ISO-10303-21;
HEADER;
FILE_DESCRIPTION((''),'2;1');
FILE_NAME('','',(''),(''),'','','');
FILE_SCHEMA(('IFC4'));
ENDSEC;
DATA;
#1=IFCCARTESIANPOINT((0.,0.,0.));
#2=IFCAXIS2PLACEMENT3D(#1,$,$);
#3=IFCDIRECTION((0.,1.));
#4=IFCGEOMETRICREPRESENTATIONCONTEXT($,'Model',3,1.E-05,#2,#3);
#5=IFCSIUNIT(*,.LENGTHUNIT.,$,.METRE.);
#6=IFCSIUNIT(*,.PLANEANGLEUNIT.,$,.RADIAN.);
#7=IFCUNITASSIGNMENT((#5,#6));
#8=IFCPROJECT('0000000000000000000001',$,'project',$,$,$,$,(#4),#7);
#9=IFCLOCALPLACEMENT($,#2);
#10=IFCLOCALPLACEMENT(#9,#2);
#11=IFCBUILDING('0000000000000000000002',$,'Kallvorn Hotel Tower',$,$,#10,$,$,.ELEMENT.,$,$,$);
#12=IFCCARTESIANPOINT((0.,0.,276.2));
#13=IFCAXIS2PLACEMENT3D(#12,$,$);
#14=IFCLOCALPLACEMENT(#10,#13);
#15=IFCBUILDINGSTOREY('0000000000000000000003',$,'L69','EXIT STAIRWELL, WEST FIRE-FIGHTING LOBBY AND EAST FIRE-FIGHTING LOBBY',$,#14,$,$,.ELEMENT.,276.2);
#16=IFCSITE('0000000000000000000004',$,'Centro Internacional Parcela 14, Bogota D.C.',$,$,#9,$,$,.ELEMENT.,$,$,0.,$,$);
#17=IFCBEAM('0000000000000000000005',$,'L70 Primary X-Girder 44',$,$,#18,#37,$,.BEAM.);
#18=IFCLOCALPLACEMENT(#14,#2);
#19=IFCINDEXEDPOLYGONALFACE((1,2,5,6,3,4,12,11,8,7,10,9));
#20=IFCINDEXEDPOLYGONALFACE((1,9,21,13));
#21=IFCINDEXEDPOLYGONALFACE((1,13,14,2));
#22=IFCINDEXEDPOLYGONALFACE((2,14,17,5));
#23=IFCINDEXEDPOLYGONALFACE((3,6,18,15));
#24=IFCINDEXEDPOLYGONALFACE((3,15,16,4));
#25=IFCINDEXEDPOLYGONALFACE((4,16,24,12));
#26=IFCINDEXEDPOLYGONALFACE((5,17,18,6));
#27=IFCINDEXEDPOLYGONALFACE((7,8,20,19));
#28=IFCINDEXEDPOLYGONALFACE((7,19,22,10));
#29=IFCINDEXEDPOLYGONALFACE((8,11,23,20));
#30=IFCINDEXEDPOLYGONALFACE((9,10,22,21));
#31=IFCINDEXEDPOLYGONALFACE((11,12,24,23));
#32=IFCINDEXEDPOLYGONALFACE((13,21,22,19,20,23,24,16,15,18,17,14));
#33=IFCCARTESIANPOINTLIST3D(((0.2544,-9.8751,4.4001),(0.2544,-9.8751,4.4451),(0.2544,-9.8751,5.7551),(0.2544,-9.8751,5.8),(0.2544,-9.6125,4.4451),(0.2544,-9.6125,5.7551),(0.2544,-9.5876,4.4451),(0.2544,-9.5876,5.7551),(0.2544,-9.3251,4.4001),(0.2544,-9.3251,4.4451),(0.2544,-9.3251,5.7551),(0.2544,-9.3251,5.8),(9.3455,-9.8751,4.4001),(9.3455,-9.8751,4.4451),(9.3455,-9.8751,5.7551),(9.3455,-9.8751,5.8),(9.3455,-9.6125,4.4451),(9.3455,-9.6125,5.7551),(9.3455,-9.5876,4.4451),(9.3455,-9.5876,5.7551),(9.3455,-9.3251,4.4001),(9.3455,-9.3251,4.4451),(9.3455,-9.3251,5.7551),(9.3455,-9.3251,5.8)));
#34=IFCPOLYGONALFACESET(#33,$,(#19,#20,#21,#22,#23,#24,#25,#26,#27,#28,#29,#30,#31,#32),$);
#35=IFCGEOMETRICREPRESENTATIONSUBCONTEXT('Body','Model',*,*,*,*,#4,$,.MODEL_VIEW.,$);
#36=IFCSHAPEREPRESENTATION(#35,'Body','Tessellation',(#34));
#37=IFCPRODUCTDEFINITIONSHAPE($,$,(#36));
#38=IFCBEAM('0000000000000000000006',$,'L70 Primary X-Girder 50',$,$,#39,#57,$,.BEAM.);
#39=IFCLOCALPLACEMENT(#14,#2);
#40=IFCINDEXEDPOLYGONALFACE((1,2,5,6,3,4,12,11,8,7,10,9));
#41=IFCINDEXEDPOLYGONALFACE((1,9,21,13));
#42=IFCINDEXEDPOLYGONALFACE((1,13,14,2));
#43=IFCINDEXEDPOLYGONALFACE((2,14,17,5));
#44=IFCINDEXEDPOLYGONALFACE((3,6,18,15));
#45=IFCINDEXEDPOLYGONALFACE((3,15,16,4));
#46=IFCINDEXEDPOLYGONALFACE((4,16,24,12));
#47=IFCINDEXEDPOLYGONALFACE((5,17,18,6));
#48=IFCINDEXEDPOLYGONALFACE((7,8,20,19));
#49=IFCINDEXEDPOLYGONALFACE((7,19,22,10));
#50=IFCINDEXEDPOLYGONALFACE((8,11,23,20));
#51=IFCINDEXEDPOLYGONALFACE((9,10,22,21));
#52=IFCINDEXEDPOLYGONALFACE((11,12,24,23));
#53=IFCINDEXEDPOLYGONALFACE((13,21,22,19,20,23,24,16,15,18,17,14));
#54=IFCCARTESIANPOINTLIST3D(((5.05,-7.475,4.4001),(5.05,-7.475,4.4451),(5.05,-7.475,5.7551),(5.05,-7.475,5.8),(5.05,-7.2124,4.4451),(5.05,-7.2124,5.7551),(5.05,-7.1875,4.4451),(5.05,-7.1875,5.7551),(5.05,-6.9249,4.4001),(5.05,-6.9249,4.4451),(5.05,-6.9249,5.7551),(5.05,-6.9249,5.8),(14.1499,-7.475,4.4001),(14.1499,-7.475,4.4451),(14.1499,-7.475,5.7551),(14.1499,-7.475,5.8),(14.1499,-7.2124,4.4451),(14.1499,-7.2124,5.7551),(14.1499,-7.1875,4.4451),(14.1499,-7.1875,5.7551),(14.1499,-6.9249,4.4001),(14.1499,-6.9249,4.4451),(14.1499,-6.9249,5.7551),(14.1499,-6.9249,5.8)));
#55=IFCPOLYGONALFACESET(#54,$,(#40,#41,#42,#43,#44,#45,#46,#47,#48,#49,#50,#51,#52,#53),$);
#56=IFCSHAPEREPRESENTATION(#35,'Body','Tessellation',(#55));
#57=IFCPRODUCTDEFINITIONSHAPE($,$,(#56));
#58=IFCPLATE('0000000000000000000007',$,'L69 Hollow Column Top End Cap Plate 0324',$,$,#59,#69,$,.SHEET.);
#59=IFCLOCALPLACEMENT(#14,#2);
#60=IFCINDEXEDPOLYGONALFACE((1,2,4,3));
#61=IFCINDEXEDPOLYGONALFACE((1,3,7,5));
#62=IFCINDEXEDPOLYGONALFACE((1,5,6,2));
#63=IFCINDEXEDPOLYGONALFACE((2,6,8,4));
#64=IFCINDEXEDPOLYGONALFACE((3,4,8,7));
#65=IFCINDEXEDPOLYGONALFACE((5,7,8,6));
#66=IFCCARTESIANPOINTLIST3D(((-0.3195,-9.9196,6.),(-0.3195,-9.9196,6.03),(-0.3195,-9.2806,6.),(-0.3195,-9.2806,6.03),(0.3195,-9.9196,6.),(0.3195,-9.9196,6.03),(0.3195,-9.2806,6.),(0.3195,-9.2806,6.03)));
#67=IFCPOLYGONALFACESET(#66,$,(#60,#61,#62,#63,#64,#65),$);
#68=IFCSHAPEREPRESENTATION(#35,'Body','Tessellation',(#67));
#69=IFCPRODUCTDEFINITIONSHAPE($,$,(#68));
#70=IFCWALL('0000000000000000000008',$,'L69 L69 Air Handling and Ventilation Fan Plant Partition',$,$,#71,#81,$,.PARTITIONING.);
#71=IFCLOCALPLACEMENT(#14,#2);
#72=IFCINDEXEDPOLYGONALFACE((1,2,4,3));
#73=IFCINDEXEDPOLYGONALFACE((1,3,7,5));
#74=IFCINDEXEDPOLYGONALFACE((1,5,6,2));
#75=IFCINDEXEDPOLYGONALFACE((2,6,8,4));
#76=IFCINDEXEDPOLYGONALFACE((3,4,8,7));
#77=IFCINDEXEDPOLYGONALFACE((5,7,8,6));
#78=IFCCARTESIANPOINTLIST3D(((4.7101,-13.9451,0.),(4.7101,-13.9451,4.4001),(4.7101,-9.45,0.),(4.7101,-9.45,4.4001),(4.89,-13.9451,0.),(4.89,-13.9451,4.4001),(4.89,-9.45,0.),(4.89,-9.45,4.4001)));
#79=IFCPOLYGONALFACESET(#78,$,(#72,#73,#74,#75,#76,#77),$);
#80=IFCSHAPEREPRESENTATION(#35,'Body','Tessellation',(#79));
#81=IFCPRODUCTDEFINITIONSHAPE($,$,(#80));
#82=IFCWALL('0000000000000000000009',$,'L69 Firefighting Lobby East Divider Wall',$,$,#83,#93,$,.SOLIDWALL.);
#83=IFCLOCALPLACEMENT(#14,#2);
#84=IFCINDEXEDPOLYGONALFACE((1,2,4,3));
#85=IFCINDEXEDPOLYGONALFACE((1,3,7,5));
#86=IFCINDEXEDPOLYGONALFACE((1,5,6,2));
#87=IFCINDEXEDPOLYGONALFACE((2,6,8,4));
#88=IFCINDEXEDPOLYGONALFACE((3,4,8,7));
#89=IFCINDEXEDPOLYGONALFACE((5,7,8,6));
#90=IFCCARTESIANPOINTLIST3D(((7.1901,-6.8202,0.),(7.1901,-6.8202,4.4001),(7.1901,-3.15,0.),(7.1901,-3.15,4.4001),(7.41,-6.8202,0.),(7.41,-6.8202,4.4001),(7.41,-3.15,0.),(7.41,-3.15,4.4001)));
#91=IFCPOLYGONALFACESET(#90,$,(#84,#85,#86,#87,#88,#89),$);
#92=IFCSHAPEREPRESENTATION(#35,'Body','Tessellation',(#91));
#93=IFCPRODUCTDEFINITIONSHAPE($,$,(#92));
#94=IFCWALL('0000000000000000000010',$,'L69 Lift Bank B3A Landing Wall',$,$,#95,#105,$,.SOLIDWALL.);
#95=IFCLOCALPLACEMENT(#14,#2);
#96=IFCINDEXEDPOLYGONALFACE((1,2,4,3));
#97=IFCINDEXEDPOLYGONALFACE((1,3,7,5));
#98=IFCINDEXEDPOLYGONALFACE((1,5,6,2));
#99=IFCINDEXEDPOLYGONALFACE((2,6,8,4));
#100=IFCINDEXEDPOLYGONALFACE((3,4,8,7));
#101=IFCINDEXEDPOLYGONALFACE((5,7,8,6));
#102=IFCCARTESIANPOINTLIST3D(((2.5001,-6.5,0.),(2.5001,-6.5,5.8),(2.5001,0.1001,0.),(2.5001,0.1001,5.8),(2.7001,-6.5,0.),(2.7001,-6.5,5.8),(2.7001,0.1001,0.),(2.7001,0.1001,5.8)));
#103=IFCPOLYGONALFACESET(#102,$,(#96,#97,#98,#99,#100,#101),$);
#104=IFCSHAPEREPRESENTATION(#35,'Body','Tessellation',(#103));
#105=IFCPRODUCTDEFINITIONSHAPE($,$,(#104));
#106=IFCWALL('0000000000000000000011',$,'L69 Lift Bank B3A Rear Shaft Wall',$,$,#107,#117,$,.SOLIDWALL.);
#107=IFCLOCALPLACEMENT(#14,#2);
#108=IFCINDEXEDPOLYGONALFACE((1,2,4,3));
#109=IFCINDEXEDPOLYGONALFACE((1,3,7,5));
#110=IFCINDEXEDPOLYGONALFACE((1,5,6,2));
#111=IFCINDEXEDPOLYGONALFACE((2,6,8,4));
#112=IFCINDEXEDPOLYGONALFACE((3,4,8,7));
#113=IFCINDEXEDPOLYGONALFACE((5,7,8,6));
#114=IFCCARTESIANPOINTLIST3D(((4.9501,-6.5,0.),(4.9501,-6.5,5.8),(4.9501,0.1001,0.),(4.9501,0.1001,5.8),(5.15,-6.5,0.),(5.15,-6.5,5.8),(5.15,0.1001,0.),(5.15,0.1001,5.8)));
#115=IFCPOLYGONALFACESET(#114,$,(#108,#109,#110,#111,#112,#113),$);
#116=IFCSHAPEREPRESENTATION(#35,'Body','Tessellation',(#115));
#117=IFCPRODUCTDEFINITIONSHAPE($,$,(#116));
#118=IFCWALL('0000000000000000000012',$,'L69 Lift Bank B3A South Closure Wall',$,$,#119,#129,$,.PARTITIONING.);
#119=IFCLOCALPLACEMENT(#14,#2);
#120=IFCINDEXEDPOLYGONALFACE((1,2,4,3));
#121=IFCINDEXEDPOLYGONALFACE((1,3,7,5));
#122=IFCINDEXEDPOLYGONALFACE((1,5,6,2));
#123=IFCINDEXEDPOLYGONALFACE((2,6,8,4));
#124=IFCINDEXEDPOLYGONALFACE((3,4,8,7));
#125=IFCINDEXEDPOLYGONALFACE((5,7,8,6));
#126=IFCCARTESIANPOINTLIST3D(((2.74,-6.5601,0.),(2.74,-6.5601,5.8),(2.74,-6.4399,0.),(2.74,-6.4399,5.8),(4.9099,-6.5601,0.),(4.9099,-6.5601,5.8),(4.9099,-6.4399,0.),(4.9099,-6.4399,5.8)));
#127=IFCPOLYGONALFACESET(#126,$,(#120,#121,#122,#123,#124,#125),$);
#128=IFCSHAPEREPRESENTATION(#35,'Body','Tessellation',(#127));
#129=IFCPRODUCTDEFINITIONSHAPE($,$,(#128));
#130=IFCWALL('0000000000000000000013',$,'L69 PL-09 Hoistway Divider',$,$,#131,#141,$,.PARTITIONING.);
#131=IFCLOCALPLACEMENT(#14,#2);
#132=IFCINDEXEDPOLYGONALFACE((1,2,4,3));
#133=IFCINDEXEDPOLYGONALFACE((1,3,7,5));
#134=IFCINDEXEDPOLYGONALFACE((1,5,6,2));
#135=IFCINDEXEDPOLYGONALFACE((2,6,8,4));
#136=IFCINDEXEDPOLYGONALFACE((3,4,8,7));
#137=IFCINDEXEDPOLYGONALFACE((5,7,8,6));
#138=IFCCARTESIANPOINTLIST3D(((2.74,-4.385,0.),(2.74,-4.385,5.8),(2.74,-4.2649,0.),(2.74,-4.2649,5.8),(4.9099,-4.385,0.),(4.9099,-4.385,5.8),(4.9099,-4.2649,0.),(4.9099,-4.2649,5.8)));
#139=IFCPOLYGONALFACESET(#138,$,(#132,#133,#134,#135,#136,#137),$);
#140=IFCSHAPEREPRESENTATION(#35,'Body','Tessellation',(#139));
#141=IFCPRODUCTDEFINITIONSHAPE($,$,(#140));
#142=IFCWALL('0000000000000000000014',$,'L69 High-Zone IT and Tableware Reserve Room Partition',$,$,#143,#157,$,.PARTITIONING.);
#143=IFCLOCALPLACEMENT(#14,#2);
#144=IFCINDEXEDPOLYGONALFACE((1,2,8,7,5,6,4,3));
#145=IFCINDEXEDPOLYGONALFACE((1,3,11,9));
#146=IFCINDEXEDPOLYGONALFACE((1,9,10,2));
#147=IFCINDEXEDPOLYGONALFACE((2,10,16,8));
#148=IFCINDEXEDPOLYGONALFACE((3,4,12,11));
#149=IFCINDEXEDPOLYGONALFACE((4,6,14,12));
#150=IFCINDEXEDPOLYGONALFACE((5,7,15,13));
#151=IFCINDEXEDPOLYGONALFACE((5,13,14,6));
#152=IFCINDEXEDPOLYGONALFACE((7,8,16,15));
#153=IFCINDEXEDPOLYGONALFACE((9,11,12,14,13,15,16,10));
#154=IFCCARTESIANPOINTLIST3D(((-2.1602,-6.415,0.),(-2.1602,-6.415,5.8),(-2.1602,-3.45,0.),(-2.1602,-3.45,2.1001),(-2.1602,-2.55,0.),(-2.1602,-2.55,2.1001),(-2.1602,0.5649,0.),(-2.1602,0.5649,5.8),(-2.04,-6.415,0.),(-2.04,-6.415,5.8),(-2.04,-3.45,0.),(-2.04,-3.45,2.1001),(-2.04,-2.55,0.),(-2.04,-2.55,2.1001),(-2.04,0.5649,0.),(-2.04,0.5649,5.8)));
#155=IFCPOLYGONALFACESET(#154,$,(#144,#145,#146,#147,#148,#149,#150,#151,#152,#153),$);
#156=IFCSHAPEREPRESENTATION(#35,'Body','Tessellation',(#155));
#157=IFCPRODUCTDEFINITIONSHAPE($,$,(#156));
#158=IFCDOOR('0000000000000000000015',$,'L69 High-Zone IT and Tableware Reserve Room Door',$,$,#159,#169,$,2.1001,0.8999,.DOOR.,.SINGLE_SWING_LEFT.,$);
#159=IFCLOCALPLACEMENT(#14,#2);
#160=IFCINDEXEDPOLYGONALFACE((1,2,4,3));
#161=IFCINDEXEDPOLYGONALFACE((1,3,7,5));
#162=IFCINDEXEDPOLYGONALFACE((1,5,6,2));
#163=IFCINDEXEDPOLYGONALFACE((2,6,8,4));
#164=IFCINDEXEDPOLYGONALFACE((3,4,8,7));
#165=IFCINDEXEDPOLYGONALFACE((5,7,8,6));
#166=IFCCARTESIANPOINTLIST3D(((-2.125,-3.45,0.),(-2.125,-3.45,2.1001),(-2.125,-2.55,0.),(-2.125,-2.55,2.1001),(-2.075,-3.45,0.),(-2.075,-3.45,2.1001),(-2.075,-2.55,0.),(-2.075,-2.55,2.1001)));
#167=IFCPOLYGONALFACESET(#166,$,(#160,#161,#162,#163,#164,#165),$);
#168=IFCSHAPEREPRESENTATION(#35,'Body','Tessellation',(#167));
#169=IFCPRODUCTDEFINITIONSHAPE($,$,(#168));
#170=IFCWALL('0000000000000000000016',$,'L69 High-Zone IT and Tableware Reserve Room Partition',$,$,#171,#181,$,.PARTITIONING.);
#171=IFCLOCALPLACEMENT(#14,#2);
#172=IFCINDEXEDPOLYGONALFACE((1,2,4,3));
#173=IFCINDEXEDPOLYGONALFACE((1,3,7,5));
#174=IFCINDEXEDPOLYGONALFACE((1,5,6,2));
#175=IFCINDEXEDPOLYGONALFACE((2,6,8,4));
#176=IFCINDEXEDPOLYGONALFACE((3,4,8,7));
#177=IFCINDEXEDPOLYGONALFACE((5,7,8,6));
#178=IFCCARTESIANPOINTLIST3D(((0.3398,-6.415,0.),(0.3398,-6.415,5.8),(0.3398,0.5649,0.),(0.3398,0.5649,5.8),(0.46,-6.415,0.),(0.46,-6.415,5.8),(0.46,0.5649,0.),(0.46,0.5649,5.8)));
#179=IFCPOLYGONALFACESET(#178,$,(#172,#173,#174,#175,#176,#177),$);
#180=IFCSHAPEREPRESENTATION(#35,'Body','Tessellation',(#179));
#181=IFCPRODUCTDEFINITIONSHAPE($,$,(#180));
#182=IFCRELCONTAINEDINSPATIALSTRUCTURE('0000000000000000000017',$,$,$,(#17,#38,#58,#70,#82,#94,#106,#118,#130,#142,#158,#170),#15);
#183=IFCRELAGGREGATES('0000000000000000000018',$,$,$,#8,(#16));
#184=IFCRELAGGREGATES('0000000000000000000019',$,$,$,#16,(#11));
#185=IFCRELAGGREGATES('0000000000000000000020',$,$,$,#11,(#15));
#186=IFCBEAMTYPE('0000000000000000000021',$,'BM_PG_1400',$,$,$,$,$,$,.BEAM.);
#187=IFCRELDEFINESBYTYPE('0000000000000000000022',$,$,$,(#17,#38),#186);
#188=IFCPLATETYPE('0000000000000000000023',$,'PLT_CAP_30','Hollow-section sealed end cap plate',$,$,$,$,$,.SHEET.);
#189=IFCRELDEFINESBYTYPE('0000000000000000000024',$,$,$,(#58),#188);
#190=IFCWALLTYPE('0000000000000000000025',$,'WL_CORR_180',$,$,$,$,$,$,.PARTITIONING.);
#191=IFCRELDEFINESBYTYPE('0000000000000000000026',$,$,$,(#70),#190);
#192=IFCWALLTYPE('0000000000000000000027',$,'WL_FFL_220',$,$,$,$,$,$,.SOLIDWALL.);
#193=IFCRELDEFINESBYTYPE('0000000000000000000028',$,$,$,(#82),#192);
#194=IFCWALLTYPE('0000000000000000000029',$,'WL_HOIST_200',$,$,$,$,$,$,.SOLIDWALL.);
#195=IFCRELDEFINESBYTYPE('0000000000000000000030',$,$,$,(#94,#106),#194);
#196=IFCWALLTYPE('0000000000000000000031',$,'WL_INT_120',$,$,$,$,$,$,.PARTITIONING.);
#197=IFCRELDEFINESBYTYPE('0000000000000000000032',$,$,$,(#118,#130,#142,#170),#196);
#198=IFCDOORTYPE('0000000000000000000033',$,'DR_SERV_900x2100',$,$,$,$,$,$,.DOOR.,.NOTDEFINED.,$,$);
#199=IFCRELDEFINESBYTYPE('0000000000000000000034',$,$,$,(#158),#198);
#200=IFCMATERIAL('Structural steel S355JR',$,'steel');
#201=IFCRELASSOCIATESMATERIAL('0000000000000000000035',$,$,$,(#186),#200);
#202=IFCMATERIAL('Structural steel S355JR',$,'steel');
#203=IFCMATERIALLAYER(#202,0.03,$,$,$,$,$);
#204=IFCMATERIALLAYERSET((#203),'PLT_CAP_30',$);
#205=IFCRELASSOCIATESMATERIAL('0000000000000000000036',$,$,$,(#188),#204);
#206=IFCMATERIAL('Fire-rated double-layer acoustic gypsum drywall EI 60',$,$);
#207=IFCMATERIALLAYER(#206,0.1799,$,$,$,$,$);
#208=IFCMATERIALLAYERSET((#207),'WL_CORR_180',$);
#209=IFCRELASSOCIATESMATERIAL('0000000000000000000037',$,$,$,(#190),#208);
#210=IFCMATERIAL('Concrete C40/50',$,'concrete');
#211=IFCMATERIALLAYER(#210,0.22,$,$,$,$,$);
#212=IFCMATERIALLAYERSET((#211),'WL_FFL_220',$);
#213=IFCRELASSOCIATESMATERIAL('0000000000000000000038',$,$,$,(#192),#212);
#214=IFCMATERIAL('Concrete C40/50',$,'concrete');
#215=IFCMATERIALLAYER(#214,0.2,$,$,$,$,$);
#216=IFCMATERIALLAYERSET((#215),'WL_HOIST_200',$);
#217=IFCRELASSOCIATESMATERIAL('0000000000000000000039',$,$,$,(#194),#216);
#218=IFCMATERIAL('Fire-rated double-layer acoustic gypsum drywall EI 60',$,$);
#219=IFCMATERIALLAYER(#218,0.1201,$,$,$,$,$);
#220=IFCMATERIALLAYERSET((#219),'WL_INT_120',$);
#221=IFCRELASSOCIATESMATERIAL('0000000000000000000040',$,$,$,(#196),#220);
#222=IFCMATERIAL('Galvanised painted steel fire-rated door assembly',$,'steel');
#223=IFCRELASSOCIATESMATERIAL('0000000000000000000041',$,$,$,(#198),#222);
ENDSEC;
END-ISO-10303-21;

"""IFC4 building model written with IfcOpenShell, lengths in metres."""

from ifc_helpers import new_model, si_unit, direction, frame, frame_2d, origin, origin_2d, place, context, subcontext, project, spatial, rectangle, i_section, extrude, material, layer, layer_set, material_profile, profile_set, type_object, element, fill, save


model = new_model("IFC4")

# Units and contexts
model_context = context("Model", 3, precision=1e-05, world=origin(), true_north=direction((0.0, 1.0)))
body_context = subcontext(model_context, "Body", "Model", "MODEL_VIEW")
ifc_project = project(units=[si_unit("LENGTHUNIT", "METRE"), si_unit("PLANEANGLEUNIT", "RADIAN")], contexts=[model_context])

# Site, building, storey
site_placement = place(None, origin())
site = spatial("IfcSite", under=ifc_project, at=site_placement, Name="Centro Internacional Parcela 14, Bogota D.C.", CompositionType="ELEMENT", RefElevation=0.0)
building_placement = place(site_placement, origin())
building = spatial("IfcBuilding", under=site, at=building_placement, Name="Kallvorn Hotel Tower", CompositionType="ELEMENT")
storey_placement = place(building_placement, frame((0.0, 0.0, 276.2)))
storey = spatial("IfcBuildingStorey", under=building, at=storey_placement, Name="L69", Description="EXIT STAIRWELL, WEST FIRE-FIGHTING LOBBY AND EAST FIRE-FIGHTING LOBBY", CompositionType="ELEMENT", Elevation=276.2)

# Beams
ifc_material_1 = material(Name="Structural steel S355JR", Category="steel")
ifc_material_profile_1 = material_profile(ifc_material_1, i_section(OverallWidth=0.55, OverallDepth=1.3999, WebThickness=0.0249, FlangeThickness=0.0449, at=origin_2d()), Name="PG 1400x550x25x45")
ifc_profile_set_1 = profile_set([ifc_material_profile_1], Name="Structural steel S355JR")
beam_type_1 = type_object("IfcBeamType", Name="BM_PG_1400", PredefinedType="BEAM", material=ifc_profile_set_1)
beam_1_placement = place(storey_placement, frame((0.2544, -9.6001, 5.1001), z_axis=(1.0, 0.0, 0.0), x_axis=(0.0, 1.0, 0.0)))
element("IfcBeam", 1, at=beam_1_placement, inside=storey, type_object=beam_type_1, Name="L70 Primary X-Girder 44", PredefinedType="BEAM", context=body_context, shape_type="SweptSolid", body=[
    extrude(i_section(OverallWidth=0.55, OverallDepth=1.3999, WebThickness=0.0249, FlangeThickness=0.0449, at=origin_2d()), origin(), (0.0, 0.0, 1.0), 9.0911),
])
beam_2_placement = place(storey_placement, frame((5.05, -7.2, 5.1001), z_axis=(1.0, 0.0, 0.0), x_axis=(0.0, 1.0, 0.0)))
element("IfcBeam", 2, at=beam_2_placement, inside=storey, type_object=beam_type_1, Name="L70 Primary X-Girder 50", PredefinedType="BEAM", context=body_context, shape_type="SweptSolid", body=[
    extrude(i_section(OverallWidth=0.55, OverallDepth=1.3999, WebThickness=0.0249, FlangeThickness=0.0449, at=origin_2d()), origin(), (0.0, 0.0, 1.0), 9.0999),
])

# Plate
ifc_material_2 = material(Name="Structural steel S355JR", Category="steel")
ifc_layer_1 = layer(ifc_material_2, 0.03)
ifc_layer_set_1 = layer_set([ifc_layer_1], Name="PLT_CAP_30")
plate_type = type_object("IfcPlateType", Name="PLT_CAP_30", Description="Hollow-section sealed end cap plate", PredefinedType="SHEET", material=ifc_layer_set_1)
plate_placement = place(storey_placement, frame((0.0, -9.6001, 6.0), z_axis=(0.0, 0.0, 1.0), x_axis=(1.0, 0.0, 0.0)))
element("IfcPlate", 3, at=plate_placement, inside=storey, type_object=plate_type, Name="L69 Hollow Column Top End Cap Plate 0324", PredefinedType="SHEET", context=body_context, shape_type="SweptSolid", body=[
    extrude(rectangle(XDim=0.6389, YDim=0.6389, at=origin_2d()), origin(), (0.0, 0.0, 1.0), 0.03),
])

# Walls
ifc_material_3 = material(Name="Fire-rated double-layer acoustic gypsum drywall EI 60")
ifc_layer_2 = layer(ifc_material_3, 0.1799)
ifc_layer_set_2 = layer_set([ifc_layer_2], Name="WL_CORR_180")
wall_type_1 = type_object("IfcWallType", Name="WL_CORR_180", PredefinedType="PARTITIONING", material=ifc_layer_set_2)
wall_1_placement = place(storey_placement, frame((4.8, -13.9451, 0.0), z_axis=(0.0, 0.0, 1.0), x_axis=(0.0, 1.0, 0.0)))
element("IfcWall", 4, at=wall_1_placement, inside=storey, type_object=wall_type_1, Name="L69 L69 Air Handling and Ventilation Fan Plant Partition", PredefinedType="PARTITIONING", context=body_context, shape_type="SweptSolid", body=[
    extrude(rectangle(XDim=4.4951, YDim=0.1799, at=frame_2d((2.2476, 0.0))), origin(), (0.0, 0.0, 1.0), 4.4001),
])
ifc_material_4 = material(Name="Concrete C40/50", Category="concrete")
ifc_layer_3 = layer(ifc_material_4, 0.22)
ifc_layer_set_3 = layer_set([ifc_layer_3], Name="WL_FFL_220")
wall_type_2 = type_object("IfcWallType", Name="WL_FFL_220", PredefinedType="SOLIDWALL", material=ifc_layer_set_3)
wall_2_placement = place(storey_placement, frame((7.3, -6.8201, 0.0), z_axis=(0.0, 0.0, 1.0), x_axis=(0.0, 1.0, 0.0)))
element("IfcWall", 5, at=wall_2_placement, inside=storey, type_object=wall_type_2, Name="L69 Firefighting Lobby East Divider Wall", PredefinedType="SOLIDWALL", context=body_context, shape_type="SweptSolid", body=[
    extrude(rectangle(XDim=3.6702, YDim=0.22, at=frame_2d((1.835, 0.0))), origin(), (0.0, 0.0, 1.0), 4.4001),
])
ifc_material_5 = material(Name="Concrete C40/50", Category="concrete")
ifc_layer_4 = layer(ifc_material_5, 0.2)
ifc_layer_set_4 = layer_set([ifc_layer_4], Name="WL_HOIST_200")
wall_type_3 = type_object("IfcWallType", Name="WL_HOIST_200", PredefinedType="SOLIDWALL", material=ifc_layer_set_4)
for number, where, z_axis, x_axis, name in (
    (6, (2.6001, -6.5, 0.0), (0.0, 0.0, 1.0), (0.0, 1.0, 0.0), "L69 Lift Bank B3A Landing Wall"),
    (7, (5.05, -6.5, 0.0), (0.0, 0.0, 1.0), (0.0, 1.0, 0.0), "L69 Lift Bank B3A Rear Shaft Wall"),
):
    element("IfcWall", number, at=place(storey_placement, frame(where, z_axis=z_axis, x_axis=x_axis)), inside=storey, type_object=wall_type_3, Name=name, PredefinedType="SOLIDWALL", context=body_context, shape_type="SweptSolid", body=[
        extrude(rectangle(XDim=6.6001, YDim=0.2, at=frame_2d((3.3, 0.0))), origin(), (0.0, 0.0, 1.0), 5.8),
    ])
ifc_material_6 = material(Name="Fire-rated double-layer acoustic gypsum drywall EI 60")
ifc_layer_5 = layer(ifc_material_6, 0.1201)
ifc_layer_set_5 = layer_set([ifc_layer_5], Name="WL_INT_120")
wall_type_4 = type_object("IfcWallType", Name="WL_INT_120", PredefinedType="PARTITIONING", material=ifc_layer_set_5)
for number, where, z_axis, x_axis, name in (
    (8, (2.74, -6.5, 0.0), (0.0, 0.0, 1.0), (1.0, 0.0, 0.0), "L69 Lift Bank B3A South Closure Wall"),
    (9, (2.74, -4.325, 0.0), (0.0, 0.0, 1.0), (1.0, 0.0, 0.0), "L69 PL-09 Hoistway Divider"),
):
    element("IfcWall", number, at=place(storey_placement, frame(where, z_axis=z_axis, x_axis=x_axis)), inside=storey, type_object=wall_type_4, Name=name, PredefinedType="PARTITIONING", context=body_context, shape_type="SweptSolid", body=[
        extrude(rectangle(XDim=2.1699, YDim=0.1201, at=frame_2d((1.085, 0.0))), origin(), (0.0, 0.0, 1.0), 5.8),
    ])

# Wall, opening, door
wall_3_placement = place(storey_placement, frame((-2.1001, -6.415, 0.0), z_axis=(0.0, 0.0, 1.0), x_axis=(0.0, 1.0, 0.0)))
wall_3 = element("IfcWall", 10, at=wall_3_placement, inside=storey, type_object=wall_type_4, Name="L69 High-Zone IT and Tableware Reserve Room Partition", PredefinedType="PARTITIONING", context=body_context, shape_type="SweptSolid", body=[
    extrude(rectangle(XDim=6.98, YDim=0.1201, at=frame_2d((3.49, 0.0))), origin(), (0.0, 0.0, 1.0), 5.8),
])
opening_1_placement = place(wall_3_placement, frame((2.9651, 0.0, 0.0)))
opening_1 = element("IfcOpeningElement", 11, at=opening_1_placement, cuts=wall_3, PredefinedType="OPENING", context=body_context, shape_type="SweptSolid", body=[
    extrude(rectangle(XDim=0.8999, YDim=2.1001, at=frame_2d((0.45, 1.05))), frame((0.0, 0.075, 0.0), z_axis=(0.0, -1.0, 0.0), x_axis=(1.0, 0.0, 0.0)), (0.0, 0.0, 1.0), 0.1501),
])
ifc_material_7 = material(Name="Galvanised painted steel fire-rated door assembly", Category="steel")
door_type_1 = type_object("IfcDoorType", Name="DR_SERV_900x2100", OperationType="NOTDEFINED", PredefinedType="DOOR", material=ifc_material_7)
door_1_placement = place(opening_1_placement, origin())
door_1 = element("IfcDoor", 12, at=door_1_placement, inside=storey, type_object=door_type_1, Name="L69 High-Zone IT and Tableware Reserve Room Door", OperationType="SINGLE_SWING_LEFT", OverallHeight=2.1001, OverallWidth=0.8999, PredefinedType="DOOR", context=body_context, shape_type="SweptSolid", body=[
    extrude(rectangle(XDim=0.8999, YDim=2.1001, at=frame_2d((0.45, 1.05))), frame((0.0, 0.0249, 0.0), z_axis=(0.0, -1.0, 0.0), x_axis=(1.0, 0.0, 0.0)), (0.0, 0.0, 1.0), 0.05),
])
fill(opening_1, door_1)

# Wall
wall_4_placement = place(storey_placement, frame((0.3999, -6.415, 0.0), z_axis=(0.0, 0.0, 1.0), x_axis=(0.0, 1.0, 0.0)))
element("IfcWall", 13, at=wall_4_placement, inside=storey, type_object=wall_type_4, Name="L69 High-Zone IT and Tableware Reserve Room Partition", PredefinedType="PARTITIONING", context=body_context, shape_type="SweptSolid", body=[
    extrude(rectangle(XDim=6.98, YDim=0.1201, at=frame_2d((3.49, 0.0))), origin(), (0.0, 0.0, 1.0), 5.8),
])

save(model, "model.ifc")
